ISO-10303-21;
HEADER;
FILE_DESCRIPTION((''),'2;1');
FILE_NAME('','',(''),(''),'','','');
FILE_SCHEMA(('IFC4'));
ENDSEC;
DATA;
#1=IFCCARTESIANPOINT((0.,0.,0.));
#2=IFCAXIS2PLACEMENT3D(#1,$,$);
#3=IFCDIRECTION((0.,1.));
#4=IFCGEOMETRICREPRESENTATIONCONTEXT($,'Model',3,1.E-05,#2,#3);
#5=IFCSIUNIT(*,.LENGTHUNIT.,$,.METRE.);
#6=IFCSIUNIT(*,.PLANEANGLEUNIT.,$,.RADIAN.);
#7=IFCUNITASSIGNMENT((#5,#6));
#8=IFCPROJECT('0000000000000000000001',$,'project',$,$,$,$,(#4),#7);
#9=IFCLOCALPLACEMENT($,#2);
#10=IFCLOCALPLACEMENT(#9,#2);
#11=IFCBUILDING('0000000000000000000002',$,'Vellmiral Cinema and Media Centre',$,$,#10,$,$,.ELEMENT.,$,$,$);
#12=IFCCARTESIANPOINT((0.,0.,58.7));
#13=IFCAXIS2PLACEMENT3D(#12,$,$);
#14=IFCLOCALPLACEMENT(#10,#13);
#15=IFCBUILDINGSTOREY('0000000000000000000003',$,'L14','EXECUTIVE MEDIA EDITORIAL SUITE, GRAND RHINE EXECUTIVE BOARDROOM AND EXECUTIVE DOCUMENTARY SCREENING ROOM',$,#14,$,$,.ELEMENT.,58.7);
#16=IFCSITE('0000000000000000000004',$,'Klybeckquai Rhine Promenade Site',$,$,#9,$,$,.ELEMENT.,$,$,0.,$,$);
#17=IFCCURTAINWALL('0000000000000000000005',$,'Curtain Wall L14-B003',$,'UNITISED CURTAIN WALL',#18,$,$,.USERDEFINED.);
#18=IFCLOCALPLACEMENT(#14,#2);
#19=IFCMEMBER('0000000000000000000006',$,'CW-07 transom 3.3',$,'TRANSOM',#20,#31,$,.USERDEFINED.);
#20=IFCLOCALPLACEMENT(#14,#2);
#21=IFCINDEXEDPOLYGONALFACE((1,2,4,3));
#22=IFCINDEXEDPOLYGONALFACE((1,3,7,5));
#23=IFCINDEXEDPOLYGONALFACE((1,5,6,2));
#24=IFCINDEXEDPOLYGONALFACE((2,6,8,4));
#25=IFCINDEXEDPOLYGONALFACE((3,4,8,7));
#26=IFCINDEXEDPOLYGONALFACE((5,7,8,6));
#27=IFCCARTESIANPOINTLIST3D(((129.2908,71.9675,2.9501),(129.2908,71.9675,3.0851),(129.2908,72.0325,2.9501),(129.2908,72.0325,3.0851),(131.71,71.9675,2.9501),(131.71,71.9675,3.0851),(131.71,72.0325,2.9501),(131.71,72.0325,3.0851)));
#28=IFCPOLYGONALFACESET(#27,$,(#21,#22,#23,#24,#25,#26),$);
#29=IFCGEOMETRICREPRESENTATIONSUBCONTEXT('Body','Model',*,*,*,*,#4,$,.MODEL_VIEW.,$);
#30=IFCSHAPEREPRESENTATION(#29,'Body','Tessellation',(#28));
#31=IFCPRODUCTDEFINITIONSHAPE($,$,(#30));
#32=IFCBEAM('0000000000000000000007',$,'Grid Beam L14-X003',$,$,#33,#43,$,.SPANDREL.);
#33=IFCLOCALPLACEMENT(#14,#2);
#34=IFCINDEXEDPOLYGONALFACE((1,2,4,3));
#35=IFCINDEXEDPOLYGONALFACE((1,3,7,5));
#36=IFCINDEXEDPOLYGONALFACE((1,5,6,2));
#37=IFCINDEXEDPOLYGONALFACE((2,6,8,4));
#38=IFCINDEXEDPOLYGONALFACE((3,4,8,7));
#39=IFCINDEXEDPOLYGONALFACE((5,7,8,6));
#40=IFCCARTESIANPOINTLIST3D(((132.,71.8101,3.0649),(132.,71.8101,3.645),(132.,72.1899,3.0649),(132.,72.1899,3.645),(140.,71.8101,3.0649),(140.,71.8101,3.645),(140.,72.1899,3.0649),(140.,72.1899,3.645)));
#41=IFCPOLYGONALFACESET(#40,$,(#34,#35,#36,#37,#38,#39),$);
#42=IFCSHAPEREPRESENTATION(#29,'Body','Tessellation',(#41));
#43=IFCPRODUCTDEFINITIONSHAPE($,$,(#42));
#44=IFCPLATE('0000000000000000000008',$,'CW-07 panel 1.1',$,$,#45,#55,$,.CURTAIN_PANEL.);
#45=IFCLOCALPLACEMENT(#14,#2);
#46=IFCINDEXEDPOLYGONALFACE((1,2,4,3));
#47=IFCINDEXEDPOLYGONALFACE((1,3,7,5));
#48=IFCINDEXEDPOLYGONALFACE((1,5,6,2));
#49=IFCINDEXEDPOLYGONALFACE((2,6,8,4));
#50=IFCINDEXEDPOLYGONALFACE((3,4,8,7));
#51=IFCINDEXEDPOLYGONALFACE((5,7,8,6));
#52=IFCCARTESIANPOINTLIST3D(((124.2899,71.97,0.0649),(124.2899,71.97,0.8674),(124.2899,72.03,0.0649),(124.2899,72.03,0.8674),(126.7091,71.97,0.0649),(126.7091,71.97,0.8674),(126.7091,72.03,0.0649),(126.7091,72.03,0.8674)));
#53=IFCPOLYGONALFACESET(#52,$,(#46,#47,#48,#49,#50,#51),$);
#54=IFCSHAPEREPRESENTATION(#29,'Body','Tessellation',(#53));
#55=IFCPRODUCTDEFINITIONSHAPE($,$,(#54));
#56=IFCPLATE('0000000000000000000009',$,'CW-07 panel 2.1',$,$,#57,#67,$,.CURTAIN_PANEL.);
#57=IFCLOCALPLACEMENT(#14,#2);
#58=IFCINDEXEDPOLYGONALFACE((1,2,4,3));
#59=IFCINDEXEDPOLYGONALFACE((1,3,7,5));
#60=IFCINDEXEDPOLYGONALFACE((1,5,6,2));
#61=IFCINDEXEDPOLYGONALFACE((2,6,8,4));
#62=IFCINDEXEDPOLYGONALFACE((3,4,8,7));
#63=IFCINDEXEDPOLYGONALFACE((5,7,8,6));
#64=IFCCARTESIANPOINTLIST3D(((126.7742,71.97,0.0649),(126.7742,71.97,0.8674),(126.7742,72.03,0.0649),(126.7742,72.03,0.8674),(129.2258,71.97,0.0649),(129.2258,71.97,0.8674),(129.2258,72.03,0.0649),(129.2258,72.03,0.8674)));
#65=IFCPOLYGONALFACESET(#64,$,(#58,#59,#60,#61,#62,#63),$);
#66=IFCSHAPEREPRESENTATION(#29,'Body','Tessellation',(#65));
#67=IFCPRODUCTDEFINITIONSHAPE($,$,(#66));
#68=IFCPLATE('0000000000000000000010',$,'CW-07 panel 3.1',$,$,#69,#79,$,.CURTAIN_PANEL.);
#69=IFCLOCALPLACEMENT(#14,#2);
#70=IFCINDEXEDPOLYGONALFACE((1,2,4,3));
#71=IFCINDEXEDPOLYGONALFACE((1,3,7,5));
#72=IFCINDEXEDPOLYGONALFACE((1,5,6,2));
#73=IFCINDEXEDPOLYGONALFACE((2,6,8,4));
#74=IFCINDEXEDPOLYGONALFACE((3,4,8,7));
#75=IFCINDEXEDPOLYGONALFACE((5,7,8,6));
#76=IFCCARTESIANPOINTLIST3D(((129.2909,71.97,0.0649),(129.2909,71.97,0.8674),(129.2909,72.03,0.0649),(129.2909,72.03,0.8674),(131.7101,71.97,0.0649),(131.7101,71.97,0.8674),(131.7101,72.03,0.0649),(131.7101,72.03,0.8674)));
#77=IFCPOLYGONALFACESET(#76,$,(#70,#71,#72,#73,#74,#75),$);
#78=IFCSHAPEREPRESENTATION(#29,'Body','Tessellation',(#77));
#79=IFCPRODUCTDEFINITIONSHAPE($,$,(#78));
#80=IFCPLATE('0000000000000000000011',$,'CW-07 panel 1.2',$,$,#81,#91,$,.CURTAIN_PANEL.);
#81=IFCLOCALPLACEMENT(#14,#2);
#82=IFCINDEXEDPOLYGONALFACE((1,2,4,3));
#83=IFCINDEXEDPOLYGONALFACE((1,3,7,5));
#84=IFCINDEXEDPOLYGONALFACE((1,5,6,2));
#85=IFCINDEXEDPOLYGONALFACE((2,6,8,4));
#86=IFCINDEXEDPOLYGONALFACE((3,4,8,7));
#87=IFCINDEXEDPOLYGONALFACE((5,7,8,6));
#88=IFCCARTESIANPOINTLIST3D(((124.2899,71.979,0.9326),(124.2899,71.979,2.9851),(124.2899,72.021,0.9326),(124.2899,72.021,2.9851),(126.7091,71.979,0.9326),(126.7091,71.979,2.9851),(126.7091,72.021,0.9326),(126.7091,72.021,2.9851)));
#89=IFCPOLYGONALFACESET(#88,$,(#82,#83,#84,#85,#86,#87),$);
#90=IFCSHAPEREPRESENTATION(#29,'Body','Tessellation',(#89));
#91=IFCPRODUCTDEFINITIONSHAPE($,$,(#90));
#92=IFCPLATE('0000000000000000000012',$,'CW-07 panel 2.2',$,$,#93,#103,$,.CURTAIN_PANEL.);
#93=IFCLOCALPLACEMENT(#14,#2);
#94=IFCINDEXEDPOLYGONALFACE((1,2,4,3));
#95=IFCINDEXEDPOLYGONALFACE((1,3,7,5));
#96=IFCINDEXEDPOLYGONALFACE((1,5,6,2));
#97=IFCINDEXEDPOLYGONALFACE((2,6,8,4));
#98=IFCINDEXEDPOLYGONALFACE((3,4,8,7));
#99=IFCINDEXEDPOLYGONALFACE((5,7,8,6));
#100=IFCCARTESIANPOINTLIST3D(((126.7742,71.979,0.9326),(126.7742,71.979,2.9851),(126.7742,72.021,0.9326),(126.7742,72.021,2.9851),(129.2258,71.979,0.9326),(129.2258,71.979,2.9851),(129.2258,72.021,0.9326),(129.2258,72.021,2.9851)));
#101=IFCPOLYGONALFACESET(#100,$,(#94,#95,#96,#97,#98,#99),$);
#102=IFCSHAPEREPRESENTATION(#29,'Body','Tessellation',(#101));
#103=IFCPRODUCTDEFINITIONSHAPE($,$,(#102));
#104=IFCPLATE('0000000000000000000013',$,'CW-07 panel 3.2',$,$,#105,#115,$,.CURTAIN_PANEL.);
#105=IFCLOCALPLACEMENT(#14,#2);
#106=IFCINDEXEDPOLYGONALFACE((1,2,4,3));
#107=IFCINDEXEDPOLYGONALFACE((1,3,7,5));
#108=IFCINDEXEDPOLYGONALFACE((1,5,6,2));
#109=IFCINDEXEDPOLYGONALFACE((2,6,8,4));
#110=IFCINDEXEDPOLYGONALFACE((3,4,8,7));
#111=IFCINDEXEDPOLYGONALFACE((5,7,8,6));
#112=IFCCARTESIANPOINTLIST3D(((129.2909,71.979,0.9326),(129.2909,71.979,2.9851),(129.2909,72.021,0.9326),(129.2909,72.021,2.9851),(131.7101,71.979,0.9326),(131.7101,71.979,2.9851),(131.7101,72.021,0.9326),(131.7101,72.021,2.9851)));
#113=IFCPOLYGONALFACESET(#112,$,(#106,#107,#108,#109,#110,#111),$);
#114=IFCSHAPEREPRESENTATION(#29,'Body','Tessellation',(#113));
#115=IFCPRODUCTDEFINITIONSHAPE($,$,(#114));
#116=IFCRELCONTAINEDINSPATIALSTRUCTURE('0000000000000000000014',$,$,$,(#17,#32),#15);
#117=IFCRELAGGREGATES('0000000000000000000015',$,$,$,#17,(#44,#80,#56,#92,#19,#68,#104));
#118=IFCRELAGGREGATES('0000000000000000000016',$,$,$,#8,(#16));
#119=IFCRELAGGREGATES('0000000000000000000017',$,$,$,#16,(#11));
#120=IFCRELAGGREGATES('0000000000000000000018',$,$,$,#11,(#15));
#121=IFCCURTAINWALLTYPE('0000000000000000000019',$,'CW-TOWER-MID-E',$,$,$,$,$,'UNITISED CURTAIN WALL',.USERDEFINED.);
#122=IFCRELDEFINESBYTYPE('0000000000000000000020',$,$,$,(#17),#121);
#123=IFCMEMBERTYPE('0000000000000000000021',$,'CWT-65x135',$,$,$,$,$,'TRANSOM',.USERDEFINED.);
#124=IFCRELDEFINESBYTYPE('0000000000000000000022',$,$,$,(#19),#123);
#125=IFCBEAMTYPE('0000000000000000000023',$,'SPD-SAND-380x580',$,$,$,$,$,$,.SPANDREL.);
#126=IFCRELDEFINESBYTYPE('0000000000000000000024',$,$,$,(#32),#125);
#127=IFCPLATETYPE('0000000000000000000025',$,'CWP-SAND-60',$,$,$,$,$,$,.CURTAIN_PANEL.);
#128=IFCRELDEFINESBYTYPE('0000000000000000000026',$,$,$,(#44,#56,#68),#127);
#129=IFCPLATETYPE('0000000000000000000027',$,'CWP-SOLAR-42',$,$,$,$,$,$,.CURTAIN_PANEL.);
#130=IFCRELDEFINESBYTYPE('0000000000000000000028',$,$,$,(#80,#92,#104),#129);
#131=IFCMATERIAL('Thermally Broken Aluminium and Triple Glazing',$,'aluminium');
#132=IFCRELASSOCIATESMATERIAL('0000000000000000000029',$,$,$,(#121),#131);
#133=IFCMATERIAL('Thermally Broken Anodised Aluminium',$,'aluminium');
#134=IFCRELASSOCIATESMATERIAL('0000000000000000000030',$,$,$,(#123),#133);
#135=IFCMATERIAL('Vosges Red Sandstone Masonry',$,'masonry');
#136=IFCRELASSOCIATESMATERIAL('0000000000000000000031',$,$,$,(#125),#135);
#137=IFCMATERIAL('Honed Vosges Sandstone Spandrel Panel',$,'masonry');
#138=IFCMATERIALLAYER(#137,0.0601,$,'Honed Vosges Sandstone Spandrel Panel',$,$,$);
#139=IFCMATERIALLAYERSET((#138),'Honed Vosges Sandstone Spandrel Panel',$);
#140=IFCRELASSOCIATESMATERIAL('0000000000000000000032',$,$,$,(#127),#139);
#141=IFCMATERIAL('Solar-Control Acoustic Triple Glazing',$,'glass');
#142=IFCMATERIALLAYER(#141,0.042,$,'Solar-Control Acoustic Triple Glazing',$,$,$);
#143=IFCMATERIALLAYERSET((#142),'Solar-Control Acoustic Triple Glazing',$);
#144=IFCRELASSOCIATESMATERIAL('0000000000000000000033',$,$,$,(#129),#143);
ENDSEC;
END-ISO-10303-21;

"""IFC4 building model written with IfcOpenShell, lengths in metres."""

from ifc_helpers import new_model, si_unit, direction, frame, origin, origin_2d, place, context, subcontext, project, spatial, rectangle, extrude, material, layer, layer_set, material_profile, profile_set, type_object, element, aggregate, save


model = new_model("IFC4")

# Units and contexts
model_context = context("Model", 3, precision=1e-05, world=origin(), true_north=direction((0.0, 1.0)))
body_context = subcontext(model_context, "Body", "Model", "MODEL_VIEW")
ifc_project = project(units=[si_unit("LENGTHUNIT", "METRE"), si_unit("PLANEANGLEUNIT", "RADIAN")], contexts=[model_context])

# Site, building, storey
site_placement = place(None, origin())
site = spatial("IfcSite", under=ifc_project, at=site_placement, Name="Klybeckquai Rhine Promenade Site", CompositionType="ELEMENT", RefElevation=0.0)
building_placement = place(site_placement, origin())
building = spatial("IfcBuilding", under=site, at=building_placement, Name="Vellmiral Cinema and Media Centre", CompositionType="ELEMENT")
storey_placement = place(building_placement, frame((0.0, 0.0, 58.7)))
storey = spatial("IfcBuildingStorey", under=building, at=storey_placement, Name="L14", Description="EXECUTIVE MEDIA EDITORIAL SUITE, GRAND RHINE EXECUTIVE BOARDROOM AND EXECUTIVE DOCUMENTARY SCREENING ROOM", CompositionType="ELEMENT", Elevation=58.7)

# Curtain wall, member
ifc_material_1 = material(Name="Thermally Broken Aluminium and Triple Glazing", Category="aluminium")
curtain_wall_type = type_object("IfcCurtainWallType", Name="CW-TOWER-MID-E", ElementType="UNITISED CURTAIN WALL", PredefinedType="USERDEFINED", material=ifc_material_1)
curtain_wall_placement = place(storey_placement, origin())
curtain_wall = element("IfcCurtainWall", 1, at=curtain_wall_placement, inside=storey, type_object=curtain_wall_type, Name="Curtain Wall L14-B003", ObjectType="UNITISED CURTAIN WALL", PredefinedType="USERDEFINED")
ifc_material_2 = material(Name="Thermally Broken Anodised Aluminium", Category="aluminium")
ifc_material_profile_1 = material_profile(ifc_material_2, rectangle(XDim=0.0649, YDim=0.135, at=origin_2d()), Name="MULL 65x135")
ifc_profile_set_1 = profile_set([ifc_material_profile_1], Name="Thermally Broken Anodised Aluminium")
member_type_1 = type_object("IfcMemberType", Name="CWT-65x135", ElementType="TRANSOM", PredefinedType="USERDEFINED", material=ifc_profile_set_1)
member_1_placement = place(storey_placement, frame((129.2908, 72.0, 3.0176), z_axis=(1.0, 0.0, 0.0), x_axis=(0.0, 1.0, 0.0)))
member_1 = element("IfcMember", 2, at=member_1_placement, type_object=member_type_1, Name="CW-07 transom 3.3", ObjectType="TRANSOM", PredefinedType="USERDEFINED", context=body_context, shape_type="SweptSolid", body=[
    extrude(rectangle(XDim=0.0649, YDim=0.135, at=origin_2d()), origin(), (0.0, 0.0, 1.0), 2.4192),
])

# Beam
ifc_material_3 = material(Name="Vosges Red Sandstone Masonry", Category="masonry")
ifc_material_profile_2 = material_profile(ifc_material_3, rectangle(XDim=0.3799, YDim=0.5801, at=origin_2d()), Name="SAND 380x580")
ifc_profile_set_2 = profile_set([ifc_material_profile_2], Name="Vosges Red Sandstone Masonry")
beam_type_1 = type_object("IfcBeamType", Name="SPD-SAND-380x580", PredefinedType="SPANDREL", material=ifc_profile_set_2)
beam_1_placement = place(storey_placement, frame((132.0, 72.0, 3.355), z_axis=(1.0, 0.0, 0.0), x_axis=(0.0, 1.0, 0.0)))
element("IfcBeam", 3, at=beam_1_placement, inside=storey, type_object=beam_type_1, Name="Grid Beam L14-X003", PredefinedType="SPANDREL", context=body_context, shape_type="SweptSolid", body=[
    extrude(rectangle(XDim=0.3799, YDim=0.5801, at=origin_2d()), origin(), (0.0, 0.0, 1.0), 8.0),
])

# Plates
ifc_material_4 = material(Name="Honed Vosges Sandstone Spandrel Panel", Category="masonry")
ifc_layer_1 = layer(ifc_material_4, 0.0601, Name="Honed Vosges Sandstone Spandrel Panel")
ifc_layer_set_1 = layer_set([ifc_layer_1], Name="Honed Vosges Sandstone Spandrel Panel")
plate_type_1 = type_object("IfcPlateType", Name="CWP-SAND-60", PredefinedType="CURTAIN_PANEL", material=ifc_layer_set_1)
plate_1_placement = place(storey_placement, frame((125.4995, 72.0, 0.0649), z_axis=(0.0, 0.0, 1.0), x_axis=(1.0, 0.0, 0.0)))
plate_1 = element("IfcPlate", 4, at=plate_1_placement, type_object=plate_type_1, Name="CW-07 panel 1.1", PredefinedType="CURTAIN_PANEL", context=body_context, shape_type="SweptSolid", body=[
    extrude(rectangle(XDim=2.4192, YDim=0.0601, at=origin_2d()), origin(), (0.0, 0.0, 1.0), 0.8025),
])
plate_2_placement = place(storey_placement, frame((128.0, 72.0, 0.0649), z_axis=(0.0, 0.0, 1.0), x_axis=(1.0, 0.0, 0.0)))
plate_2 = element("IfcPlate", 5, at=plate_2_placement, type_object=plate_type_1, Name="CW-07 panel 2.1", PredefinedType="CURTAIN_PANEL", context=body_context, shape_type="SweptSolid", body=[
    extrude(rectangle(XDim=2.4517, YDim=0.0601, at=origin_2d()), origin(), (0.0, 0.0, 1.0), 0.8025),
])
plate_3_placement = place(storey_placement, frame((130.5005, 72.0, 0.0649), z_axis=(0.0, 0.0, 1.0), x_axis=(1.0, 0.0, 0.0)))
plate_3 = element("IfcPlate", 6, at=plate_3_placement, type_object=plate_type_1, Name="CW-07 panel 3.1", PredefinedType="CURTAIN_PANEL", context=body_context, shape_type="SweptSolid", body=[
    extrude(rectangle(XDim=2.4192, YDim=0.0601, at=origin_2d()), origin(), (0.0, 0.0, 1.0), 0.8025),
])
ifc_material_5 = material(Name="Solar-Control Acoustic Triple Glazing", Category="glass")
ifc_layer_2 = layer(ifc_material_5, 0.042, Name="Solar-Control Acoustic Triple Glazing")
ifc_layer_set_2 = layer_set([ifc_layer_2], Name="Solar-Control Acoustic Triple Glazing")
plate_type_2 = type_object("IfcPlateType", Name="CWP-SOLAR-42", PredefinedType="CURTAIN_PANEL", material=ifc_layer_set_2)
plate_4_placement = place(storey_placement, frame((125.4995, 72.0, 0.9326), z_axis=(0.0, 0.0, 1.0), x_axis=(1.0, 0.0, 0.0)))
plate_4 = element("IfcPlate", 7, at=plate_4_placement, type_object=plate_type_2, Name="CW-07 panel 1.2", PredefinedType="CURTAIN_PANEL", context=body_context, shape_type="SweptSolid", body=[
    extrude(rectangle(XDim=2.4192, YDim=0.042, at=origin_2d()), origin(), (0.0, 0.0, 1.0), 2.0525),
])
plate_5_placement = place(storey_placement, frame((128.0, 72.0, 0.9326), z_axis=(0.0, 0.0, 1.0), x_axis=(1.0, 0.0, 0.0)))
plate_5 = element("IfcPlate", 8, at=plate_5_placement, type_object=plate_type_2, Name="CW-07 panel 2.2", PredefinedType="CURTAIN_PANEL", context=body_context, shape_type="SweptSolid", body=[
    extrude(rectangle(XDim=2.4517, YDim=0.042, at=origin_2d()), origin(), (0.0, 0.0, 1.0), 2.0525),
])
plate_6_placement = place(storey_placement, frame((130.5005, 72.0, 0.9326), z_axis=(0.0, 0.0, 1.0), x_axis=(1.0, 0.0, 0.0)))
plate_6 = element("IfcPlate", 9, at=plate_6_placement, type_object=plate_type_2, Name="CW-07 panel 3.2", PredefinedType="CURTAIN_PANEL", context=body_context, shape_type="SweptSolid", body=[
    extrude(rectangle(XDim=2.4192, YDim=0.042, at=origin_2d()), origin(), (0.0, 0.0, 1.0), 2.0525),
])
aggregate(curtain_wall, [plate_1, plate_4, plate_2, plate_5, member_1, plate_3, plate_6])

save(model, "model.ifc")
